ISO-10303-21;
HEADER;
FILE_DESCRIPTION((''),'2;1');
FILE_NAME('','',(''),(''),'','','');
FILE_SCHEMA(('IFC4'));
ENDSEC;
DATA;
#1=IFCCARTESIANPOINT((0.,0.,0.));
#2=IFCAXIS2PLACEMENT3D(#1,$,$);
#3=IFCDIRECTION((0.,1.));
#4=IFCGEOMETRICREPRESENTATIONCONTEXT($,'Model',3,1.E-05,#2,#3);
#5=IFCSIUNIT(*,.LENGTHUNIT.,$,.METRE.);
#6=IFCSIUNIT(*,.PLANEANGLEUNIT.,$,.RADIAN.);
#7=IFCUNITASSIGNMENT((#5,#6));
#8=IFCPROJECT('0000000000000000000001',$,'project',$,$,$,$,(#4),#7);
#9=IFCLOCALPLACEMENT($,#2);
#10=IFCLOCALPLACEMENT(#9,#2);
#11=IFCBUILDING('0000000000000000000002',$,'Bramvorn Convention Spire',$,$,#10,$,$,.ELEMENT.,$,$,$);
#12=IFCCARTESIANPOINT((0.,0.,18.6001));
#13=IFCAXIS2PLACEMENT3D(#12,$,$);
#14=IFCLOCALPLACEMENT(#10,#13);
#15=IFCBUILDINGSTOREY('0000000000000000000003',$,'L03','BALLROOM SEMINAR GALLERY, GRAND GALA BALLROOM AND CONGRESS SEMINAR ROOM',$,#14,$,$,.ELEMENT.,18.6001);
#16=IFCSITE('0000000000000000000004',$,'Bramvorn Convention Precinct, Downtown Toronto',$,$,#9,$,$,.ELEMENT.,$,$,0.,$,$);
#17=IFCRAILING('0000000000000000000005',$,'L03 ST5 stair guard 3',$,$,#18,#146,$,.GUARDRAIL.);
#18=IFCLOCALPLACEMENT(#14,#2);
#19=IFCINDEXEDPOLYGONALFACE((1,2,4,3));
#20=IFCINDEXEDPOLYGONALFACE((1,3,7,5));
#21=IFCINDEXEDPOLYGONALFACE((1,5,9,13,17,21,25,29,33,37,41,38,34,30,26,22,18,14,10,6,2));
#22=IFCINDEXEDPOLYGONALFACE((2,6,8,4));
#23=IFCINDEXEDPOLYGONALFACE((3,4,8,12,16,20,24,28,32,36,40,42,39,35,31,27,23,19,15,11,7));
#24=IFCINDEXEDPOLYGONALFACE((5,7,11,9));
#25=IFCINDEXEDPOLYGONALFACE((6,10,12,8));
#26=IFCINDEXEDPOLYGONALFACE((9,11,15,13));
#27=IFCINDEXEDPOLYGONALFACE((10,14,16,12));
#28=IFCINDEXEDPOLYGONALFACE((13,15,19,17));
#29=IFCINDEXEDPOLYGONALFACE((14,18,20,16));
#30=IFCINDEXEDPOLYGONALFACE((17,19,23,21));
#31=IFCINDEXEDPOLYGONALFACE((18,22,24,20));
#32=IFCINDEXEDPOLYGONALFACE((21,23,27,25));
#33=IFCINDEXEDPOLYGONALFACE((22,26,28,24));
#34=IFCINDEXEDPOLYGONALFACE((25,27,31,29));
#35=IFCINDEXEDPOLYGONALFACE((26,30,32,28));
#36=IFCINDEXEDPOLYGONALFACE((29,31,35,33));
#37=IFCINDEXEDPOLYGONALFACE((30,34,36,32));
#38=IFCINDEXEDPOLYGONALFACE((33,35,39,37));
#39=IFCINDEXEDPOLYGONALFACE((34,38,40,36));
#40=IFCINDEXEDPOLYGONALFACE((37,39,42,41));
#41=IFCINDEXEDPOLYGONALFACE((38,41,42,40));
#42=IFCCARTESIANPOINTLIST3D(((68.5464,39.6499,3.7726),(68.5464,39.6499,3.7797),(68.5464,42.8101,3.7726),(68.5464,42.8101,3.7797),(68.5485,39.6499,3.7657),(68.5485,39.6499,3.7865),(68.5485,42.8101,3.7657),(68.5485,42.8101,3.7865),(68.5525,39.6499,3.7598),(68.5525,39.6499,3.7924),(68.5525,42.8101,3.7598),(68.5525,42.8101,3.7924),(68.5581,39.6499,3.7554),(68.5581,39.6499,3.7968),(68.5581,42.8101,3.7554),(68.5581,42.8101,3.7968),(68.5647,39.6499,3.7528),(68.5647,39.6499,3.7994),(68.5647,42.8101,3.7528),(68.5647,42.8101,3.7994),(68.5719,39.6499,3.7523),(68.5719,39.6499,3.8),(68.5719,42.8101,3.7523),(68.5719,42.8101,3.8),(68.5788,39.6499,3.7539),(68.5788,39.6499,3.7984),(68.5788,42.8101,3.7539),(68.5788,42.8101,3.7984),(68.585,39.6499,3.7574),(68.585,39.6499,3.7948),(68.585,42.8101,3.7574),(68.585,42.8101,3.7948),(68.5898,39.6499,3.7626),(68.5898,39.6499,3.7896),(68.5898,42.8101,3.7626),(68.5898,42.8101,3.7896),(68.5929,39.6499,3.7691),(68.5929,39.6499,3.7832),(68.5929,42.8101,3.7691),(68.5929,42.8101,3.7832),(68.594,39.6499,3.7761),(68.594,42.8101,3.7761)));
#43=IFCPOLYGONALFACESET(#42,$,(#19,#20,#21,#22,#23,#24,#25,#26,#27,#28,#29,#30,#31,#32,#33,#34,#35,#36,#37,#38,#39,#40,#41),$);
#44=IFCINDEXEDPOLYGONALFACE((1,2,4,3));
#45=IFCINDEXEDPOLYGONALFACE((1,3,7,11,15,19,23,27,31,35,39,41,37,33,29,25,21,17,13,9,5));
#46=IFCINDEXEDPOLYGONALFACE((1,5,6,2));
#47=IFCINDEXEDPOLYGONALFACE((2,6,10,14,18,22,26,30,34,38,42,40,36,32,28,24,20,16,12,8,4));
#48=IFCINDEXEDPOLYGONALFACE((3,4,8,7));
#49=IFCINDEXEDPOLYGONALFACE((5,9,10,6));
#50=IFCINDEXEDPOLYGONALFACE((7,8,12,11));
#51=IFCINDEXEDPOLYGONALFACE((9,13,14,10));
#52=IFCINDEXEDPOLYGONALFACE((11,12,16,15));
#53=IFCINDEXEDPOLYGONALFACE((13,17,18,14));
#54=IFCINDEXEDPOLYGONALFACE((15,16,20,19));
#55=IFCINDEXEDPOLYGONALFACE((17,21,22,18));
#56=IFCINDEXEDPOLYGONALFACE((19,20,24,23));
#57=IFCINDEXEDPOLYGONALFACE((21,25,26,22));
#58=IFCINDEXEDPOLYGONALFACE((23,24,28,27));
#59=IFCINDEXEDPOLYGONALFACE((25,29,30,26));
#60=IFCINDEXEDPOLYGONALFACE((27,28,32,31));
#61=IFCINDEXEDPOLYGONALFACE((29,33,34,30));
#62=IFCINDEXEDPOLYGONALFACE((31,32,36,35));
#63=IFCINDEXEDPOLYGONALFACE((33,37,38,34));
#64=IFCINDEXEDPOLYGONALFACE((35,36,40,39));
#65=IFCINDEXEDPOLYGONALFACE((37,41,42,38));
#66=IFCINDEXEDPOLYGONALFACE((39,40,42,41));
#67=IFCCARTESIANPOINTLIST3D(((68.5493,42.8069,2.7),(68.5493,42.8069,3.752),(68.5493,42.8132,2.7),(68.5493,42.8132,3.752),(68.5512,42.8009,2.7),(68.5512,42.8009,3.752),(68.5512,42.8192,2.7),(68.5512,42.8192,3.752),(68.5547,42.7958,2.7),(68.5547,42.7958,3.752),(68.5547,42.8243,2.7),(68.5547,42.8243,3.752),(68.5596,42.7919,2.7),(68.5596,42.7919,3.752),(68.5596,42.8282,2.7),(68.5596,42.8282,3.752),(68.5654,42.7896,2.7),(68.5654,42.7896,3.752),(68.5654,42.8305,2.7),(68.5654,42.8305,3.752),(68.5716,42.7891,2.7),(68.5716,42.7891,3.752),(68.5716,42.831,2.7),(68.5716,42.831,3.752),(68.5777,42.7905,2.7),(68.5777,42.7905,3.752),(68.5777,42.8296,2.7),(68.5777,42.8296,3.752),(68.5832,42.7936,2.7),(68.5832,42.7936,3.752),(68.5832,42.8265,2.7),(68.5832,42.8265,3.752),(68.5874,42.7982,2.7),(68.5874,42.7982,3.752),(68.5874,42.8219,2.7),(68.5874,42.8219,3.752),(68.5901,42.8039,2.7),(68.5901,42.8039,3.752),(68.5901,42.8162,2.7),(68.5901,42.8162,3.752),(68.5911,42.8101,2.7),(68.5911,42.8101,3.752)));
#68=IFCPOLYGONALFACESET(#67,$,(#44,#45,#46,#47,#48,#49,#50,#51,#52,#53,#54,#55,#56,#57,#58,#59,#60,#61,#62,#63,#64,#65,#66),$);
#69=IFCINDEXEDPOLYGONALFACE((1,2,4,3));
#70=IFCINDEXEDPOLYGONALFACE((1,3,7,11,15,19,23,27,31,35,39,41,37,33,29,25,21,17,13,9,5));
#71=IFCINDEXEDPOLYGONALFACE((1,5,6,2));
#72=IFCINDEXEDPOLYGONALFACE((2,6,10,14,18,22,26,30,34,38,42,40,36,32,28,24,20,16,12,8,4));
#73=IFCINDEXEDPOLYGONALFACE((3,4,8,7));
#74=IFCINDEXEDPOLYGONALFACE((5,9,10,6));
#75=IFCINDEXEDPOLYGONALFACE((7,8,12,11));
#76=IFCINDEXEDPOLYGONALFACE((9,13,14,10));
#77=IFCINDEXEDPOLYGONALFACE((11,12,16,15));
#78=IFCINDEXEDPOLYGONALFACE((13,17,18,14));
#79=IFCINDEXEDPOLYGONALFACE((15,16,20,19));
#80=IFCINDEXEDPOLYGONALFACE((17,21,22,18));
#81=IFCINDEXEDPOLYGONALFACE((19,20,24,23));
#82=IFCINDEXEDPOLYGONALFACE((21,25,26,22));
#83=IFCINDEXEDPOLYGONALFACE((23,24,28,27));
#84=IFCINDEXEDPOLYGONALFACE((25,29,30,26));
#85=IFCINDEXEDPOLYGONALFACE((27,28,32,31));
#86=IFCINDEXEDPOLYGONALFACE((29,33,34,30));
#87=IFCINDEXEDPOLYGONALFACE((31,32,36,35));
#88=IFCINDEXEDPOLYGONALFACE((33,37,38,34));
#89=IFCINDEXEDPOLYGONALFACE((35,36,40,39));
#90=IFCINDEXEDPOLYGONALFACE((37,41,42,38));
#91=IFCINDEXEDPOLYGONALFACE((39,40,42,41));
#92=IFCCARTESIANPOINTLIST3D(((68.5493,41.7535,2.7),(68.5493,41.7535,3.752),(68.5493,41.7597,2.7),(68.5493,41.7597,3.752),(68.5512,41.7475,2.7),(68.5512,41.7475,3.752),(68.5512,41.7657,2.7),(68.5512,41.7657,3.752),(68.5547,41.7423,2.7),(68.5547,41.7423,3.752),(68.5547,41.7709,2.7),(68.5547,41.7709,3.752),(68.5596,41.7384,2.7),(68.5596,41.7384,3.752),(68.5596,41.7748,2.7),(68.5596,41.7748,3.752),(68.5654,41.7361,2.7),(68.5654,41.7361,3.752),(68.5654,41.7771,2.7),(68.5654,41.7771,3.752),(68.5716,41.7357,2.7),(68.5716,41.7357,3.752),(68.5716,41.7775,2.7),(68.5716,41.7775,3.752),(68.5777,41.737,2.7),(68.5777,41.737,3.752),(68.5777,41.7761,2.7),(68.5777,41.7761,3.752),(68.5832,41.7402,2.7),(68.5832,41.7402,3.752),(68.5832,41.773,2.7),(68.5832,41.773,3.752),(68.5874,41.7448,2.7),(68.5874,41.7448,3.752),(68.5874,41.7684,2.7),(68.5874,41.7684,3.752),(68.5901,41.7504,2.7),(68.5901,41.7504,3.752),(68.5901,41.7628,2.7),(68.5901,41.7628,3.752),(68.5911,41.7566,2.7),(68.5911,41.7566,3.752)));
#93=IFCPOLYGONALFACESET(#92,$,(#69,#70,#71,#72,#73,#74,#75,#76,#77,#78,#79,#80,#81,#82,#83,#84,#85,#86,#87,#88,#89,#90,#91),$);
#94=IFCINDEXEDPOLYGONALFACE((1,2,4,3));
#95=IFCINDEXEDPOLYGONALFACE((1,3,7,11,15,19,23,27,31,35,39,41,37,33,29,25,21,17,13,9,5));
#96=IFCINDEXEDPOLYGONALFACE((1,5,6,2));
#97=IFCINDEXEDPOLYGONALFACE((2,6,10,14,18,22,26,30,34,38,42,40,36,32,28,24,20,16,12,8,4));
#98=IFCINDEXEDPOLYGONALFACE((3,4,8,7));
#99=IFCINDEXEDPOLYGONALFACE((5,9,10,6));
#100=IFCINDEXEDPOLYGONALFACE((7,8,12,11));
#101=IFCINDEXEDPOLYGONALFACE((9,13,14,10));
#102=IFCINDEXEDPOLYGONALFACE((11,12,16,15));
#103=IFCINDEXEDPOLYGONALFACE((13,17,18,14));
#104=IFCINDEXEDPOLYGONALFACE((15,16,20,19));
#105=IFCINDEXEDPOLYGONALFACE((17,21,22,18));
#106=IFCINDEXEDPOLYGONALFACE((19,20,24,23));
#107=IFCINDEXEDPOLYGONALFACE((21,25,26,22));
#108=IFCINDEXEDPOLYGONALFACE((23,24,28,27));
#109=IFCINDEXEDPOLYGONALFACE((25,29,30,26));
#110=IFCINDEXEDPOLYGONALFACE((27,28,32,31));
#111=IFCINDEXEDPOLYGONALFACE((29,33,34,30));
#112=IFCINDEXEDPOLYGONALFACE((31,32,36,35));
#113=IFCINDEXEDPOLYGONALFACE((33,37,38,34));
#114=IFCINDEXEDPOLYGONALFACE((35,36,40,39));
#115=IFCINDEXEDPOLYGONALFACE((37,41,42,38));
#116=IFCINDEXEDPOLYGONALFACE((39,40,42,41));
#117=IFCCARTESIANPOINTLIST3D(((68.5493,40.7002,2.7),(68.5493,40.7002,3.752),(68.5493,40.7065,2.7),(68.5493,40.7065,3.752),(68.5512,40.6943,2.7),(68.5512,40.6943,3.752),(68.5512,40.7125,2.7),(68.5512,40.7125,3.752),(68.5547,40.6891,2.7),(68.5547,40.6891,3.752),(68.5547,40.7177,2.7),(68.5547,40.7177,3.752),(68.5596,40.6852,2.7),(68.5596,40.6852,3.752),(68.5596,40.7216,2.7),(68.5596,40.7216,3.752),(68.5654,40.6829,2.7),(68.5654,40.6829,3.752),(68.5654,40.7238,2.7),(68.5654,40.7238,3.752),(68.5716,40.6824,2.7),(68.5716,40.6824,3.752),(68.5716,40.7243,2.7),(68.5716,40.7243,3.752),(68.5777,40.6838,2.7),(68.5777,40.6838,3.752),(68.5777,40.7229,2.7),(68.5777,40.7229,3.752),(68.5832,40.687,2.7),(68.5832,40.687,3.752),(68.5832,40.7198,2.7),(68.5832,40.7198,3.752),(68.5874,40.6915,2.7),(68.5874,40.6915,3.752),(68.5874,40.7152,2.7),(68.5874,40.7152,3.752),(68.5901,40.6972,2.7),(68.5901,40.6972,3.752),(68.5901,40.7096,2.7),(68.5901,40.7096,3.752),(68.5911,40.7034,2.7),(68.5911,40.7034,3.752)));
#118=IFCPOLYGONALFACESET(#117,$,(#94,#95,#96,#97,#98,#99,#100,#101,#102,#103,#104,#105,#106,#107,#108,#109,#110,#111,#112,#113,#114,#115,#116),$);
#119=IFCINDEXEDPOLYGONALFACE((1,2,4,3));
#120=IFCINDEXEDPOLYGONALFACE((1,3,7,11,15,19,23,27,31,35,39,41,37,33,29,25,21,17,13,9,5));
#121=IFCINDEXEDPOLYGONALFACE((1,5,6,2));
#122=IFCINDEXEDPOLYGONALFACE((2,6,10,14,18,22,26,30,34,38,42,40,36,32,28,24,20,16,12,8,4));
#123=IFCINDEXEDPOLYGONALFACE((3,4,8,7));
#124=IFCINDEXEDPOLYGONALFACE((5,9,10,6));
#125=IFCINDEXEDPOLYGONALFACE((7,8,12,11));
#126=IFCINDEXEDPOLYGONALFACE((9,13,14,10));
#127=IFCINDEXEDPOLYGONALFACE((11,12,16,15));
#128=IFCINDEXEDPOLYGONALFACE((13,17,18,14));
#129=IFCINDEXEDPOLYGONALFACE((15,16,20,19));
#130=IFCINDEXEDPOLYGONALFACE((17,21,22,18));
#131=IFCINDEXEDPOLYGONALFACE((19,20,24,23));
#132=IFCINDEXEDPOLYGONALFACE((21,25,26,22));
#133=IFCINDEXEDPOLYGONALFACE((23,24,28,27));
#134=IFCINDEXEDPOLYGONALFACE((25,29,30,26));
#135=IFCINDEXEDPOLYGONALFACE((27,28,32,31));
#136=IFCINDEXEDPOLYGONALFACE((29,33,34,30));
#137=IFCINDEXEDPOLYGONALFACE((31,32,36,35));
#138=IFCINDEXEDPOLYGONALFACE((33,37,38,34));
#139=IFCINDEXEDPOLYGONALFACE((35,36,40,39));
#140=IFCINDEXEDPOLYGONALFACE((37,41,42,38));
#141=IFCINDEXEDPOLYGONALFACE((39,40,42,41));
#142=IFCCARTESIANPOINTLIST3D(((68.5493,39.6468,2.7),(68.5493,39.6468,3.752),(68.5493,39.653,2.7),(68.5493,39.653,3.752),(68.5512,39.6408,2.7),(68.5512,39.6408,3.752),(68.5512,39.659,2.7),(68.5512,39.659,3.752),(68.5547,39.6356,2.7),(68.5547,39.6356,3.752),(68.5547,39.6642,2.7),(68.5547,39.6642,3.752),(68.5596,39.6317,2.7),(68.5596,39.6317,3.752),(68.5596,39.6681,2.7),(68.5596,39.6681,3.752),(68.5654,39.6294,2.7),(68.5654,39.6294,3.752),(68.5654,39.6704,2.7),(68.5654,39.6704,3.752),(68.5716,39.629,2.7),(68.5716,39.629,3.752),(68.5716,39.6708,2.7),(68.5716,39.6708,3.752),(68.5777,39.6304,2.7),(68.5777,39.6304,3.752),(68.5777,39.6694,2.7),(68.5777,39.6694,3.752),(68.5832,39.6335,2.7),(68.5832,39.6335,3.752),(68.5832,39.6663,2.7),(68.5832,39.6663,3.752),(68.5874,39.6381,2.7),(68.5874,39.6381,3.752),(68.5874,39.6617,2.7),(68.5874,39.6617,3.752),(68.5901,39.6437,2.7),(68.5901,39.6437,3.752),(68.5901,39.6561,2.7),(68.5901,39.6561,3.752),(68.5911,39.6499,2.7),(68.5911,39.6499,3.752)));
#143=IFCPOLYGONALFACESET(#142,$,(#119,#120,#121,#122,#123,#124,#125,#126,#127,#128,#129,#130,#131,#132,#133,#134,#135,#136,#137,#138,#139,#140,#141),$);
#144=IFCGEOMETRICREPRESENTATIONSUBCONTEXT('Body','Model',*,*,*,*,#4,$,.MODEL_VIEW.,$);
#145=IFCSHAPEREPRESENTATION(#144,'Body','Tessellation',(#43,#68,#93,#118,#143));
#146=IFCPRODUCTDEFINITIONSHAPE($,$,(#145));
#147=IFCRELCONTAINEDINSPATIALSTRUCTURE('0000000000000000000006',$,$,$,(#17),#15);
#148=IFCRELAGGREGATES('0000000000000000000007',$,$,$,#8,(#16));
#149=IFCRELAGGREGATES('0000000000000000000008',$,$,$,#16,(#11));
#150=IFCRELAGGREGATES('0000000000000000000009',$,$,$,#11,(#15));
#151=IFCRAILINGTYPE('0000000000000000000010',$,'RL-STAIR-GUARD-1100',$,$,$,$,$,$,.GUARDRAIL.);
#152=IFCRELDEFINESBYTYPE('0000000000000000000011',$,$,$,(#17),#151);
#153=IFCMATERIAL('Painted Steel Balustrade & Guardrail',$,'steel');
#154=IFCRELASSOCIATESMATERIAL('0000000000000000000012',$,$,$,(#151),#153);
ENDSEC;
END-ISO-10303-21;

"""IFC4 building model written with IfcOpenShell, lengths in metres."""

from ifc_helpers import new_model, si_unit, direction, frame, origin, origin_2d, place, context, subcontext, project, spatial, circle, extrude, material, type_object, element, save


model = new_model("IFC4")

# Units and contexts
model_context = context("Model", 3, precision=1e-05, world=origin(), true_north=direction((0.0, 1.0)))
body_context = subcontext(model_context, "Body", "Model", "MODEL_VIEW")
ifc_project = project(units=[si_unit("LENGTHUNIT", "METRE"), si_unit("PLANEANGLEUNIT", "RADIAN")], contexts=[model_context])

# Site, building, storey
site_placement = place(None, origin())
site = spatial("IfcSite", under=ifc_project, at=site_placement, Name="Bramvorn Convention Precinct, Downtown Toronto", CompositionType="ELEMENT", RefElevation=0.0)
building_placement = place(site_placement, origin())
building = spatial("IfcBuilding", under=site, at=building_placement, Name="Bramvorn Convention Spire", CompositionType="ELEMENT")
storey_placement = place(building_placement, frame((0.0, 0.0, 18.6001)))
storey = spatial("IfcBuildingStorey", under=building, at=storey_placement, Name="L03", Description="BALLROOM SEMINAR GALLERY, GRAND GALA BALLROOM AND CONGRESS SEMINAR ROOM", CompositionType="ELEMENT", Elevation=18.6001)

# Railing
ifc_material_1 = material(Name="Painted Steel Balustrade & Guardrail", Category="steel")
railing_type_1 = type_object("IfcRailingType", Name="RL-STAIR-GUARD-1100", PredefinedType="GUARDRAIL", material=ifc_material_1)
for number, where, name in (
    (1, (68.5701, 42.8101, 2.7), "L03 ST5 stair guard 3"),
):
    element("IfcRailing", number, at=place(storey_placement, frame(where)), inside=storey, type_object=railing_type_1, Name=name, PredefinedType="GUARDRAIL", context=body_context, shape_type="SweptSolid", body=[
        extrude(circle(Radius=0.0239, at=origin_2d()), frame((0.0, 0.0, 1.0762), z_axis=(0.0, -1.0, 0.0), x_axis=(1.0, 0.0, 0.0)), (0.0, 0.0, 1.0), 3.1602),
        extrude(circle(Radius=0.021, at=origin_2d()), origin(), (0.0, 0.0, 1.0), 1.052),
        extrude(circle(Radius=0.021, at=origin_2d()), frame((0.0, -1.0535, 0.0)), (0.0, 0.0, 1.0), 1.052),
        extrude(circle(Radius=0.021, at=origin_2d()), frame((0.0, -2.1067, 0.0)), (0.0, 0.0, 1.0), 1.052),
        extrude(circle(Radius=0.021, at=origin_2d()), frame((0.0, -3.1602, 0.0)), (0.0, 0.0, 1.0), 1.052),
    ])

save(model, "model.ifc")
